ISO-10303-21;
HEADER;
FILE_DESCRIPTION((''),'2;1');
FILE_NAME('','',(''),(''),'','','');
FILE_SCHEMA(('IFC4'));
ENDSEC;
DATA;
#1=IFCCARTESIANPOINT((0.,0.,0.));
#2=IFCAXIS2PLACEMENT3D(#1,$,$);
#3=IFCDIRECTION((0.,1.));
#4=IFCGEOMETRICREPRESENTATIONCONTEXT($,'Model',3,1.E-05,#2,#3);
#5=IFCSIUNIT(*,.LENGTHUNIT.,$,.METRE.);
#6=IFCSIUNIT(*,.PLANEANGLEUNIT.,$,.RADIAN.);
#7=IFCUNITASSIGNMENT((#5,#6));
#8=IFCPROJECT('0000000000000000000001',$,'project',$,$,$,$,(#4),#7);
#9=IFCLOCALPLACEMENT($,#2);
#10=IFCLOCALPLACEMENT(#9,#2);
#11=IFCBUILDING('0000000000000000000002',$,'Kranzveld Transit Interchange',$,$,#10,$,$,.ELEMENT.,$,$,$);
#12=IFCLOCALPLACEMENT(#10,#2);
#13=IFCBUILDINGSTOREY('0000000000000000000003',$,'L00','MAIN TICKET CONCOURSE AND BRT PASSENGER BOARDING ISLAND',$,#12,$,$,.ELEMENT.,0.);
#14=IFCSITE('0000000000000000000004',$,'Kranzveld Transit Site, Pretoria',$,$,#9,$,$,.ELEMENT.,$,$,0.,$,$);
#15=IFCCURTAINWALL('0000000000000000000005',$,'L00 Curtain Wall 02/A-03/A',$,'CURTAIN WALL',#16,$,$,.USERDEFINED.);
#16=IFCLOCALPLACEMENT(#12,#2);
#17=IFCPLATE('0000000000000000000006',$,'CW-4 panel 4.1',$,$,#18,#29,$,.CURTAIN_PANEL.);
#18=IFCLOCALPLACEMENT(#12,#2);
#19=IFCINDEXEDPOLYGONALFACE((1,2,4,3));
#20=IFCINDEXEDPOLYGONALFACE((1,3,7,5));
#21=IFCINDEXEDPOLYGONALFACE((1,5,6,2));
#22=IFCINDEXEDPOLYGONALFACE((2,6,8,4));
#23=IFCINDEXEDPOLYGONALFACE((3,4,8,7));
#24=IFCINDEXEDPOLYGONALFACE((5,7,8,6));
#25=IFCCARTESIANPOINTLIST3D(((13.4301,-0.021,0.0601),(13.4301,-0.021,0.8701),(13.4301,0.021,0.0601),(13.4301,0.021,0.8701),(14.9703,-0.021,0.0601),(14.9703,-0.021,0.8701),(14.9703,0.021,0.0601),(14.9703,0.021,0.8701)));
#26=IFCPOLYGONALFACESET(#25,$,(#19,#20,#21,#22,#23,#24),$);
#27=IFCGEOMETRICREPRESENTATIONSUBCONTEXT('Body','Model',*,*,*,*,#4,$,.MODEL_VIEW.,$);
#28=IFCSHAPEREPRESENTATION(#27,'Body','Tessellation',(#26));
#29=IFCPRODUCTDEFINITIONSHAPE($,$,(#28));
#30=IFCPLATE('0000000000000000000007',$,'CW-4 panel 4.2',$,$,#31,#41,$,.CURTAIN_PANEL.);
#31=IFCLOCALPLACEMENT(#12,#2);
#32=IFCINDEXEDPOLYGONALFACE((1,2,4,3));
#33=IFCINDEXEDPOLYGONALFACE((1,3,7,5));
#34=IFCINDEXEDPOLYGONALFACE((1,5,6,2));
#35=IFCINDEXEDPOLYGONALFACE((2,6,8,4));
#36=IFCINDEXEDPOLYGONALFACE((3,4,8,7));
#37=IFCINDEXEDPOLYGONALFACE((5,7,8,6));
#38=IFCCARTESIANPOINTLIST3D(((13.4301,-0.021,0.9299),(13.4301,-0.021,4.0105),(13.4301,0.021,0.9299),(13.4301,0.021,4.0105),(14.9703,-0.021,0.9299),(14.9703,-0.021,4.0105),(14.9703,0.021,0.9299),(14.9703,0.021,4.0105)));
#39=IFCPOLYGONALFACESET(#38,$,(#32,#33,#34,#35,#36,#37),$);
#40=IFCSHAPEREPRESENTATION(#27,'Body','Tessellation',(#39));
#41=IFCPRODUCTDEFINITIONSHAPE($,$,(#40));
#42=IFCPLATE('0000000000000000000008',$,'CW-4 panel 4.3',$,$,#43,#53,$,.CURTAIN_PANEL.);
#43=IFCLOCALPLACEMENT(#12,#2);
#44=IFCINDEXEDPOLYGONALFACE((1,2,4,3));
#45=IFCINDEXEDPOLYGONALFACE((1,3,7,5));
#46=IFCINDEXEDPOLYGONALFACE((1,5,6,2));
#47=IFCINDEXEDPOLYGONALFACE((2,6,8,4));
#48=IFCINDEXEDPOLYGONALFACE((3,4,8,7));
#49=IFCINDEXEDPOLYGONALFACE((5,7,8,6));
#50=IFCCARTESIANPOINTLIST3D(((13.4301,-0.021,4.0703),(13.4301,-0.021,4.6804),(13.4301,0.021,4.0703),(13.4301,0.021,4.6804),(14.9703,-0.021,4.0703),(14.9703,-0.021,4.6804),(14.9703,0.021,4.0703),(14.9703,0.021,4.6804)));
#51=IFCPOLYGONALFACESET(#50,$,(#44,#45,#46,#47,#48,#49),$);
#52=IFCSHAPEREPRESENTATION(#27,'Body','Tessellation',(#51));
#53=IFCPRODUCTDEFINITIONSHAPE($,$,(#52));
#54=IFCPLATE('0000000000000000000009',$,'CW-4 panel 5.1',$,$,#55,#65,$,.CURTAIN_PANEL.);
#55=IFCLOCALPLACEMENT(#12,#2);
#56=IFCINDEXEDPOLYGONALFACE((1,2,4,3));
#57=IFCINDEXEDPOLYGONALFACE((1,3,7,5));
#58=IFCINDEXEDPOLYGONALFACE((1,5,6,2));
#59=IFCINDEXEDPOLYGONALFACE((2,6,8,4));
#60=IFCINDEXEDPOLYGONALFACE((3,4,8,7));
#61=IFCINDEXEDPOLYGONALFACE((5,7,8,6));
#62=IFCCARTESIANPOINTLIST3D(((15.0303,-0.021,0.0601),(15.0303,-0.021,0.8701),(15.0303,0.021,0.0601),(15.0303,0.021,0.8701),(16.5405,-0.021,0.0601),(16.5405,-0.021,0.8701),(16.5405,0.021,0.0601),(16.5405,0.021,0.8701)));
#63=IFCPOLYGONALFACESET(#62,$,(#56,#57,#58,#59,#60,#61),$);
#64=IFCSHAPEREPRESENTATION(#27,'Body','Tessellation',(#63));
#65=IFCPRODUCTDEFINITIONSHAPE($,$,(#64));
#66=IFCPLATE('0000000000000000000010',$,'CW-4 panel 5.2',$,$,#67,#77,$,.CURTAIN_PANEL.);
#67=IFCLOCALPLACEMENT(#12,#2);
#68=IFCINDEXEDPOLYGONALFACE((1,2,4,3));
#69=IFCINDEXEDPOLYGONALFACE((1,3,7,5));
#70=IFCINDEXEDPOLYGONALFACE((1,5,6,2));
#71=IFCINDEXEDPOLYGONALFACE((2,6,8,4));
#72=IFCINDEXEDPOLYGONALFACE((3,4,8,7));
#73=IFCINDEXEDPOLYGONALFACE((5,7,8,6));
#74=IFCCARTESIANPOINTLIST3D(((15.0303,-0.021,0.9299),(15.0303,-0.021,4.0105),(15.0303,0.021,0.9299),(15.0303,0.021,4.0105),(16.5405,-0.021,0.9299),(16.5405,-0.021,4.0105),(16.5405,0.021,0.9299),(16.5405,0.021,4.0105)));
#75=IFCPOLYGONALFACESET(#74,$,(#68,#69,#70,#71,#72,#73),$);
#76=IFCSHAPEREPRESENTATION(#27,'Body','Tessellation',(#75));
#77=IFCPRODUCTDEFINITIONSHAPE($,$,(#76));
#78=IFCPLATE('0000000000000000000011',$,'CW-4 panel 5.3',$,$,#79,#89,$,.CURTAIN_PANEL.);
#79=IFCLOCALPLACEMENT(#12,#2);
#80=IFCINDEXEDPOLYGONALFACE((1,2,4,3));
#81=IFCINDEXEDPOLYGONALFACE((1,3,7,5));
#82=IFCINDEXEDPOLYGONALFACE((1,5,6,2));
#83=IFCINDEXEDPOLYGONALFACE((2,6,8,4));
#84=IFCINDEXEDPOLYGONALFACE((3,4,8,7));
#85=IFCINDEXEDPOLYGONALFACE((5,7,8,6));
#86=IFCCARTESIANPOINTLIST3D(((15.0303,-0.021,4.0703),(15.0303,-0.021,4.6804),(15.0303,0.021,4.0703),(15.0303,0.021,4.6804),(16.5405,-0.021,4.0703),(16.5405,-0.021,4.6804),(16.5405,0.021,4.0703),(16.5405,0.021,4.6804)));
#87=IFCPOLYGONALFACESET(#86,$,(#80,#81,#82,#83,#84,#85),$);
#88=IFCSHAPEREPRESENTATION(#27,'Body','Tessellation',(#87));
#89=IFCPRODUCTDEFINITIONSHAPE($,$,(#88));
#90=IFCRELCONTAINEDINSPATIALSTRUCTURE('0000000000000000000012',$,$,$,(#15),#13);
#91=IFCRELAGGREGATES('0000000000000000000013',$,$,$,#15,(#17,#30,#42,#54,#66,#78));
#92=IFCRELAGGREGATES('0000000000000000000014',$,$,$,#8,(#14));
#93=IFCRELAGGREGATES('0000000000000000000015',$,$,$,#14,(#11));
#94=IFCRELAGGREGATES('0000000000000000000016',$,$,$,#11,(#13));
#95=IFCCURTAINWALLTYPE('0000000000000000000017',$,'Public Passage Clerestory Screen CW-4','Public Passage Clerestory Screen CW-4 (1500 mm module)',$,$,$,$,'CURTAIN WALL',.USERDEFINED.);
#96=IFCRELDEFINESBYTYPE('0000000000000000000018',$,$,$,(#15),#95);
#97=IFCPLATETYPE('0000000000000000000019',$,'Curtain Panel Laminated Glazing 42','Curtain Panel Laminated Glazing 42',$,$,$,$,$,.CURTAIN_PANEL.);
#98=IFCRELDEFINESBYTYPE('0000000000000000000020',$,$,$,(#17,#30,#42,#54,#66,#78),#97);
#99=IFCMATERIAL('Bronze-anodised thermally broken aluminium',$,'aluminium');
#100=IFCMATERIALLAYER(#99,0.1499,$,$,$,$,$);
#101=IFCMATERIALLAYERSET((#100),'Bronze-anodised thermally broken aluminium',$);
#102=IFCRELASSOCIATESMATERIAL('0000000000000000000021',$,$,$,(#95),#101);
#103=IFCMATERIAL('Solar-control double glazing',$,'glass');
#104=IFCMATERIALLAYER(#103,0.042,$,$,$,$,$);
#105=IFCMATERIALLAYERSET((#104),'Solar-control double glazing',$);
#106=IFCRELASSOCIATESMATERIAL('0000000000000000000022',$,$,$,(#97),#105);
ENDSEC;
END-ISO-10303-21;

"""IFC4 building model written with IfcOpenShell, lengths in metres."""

from ifc_helpers import new_model, si_unit, direction, frame, origin, origin_2d, place, context, subcontext, project, spatial, rectangle, extrude, material, layer, layer_set, type_object, element, aggregate, save


model = new_model("IFC4")

# Units and contexts
model_context = context("Model", 3, precision=1e-05, world=origin(), true_north=direction((0.0, 1.0)))
body_context = subcontext(model_context, "Body", "Model", "MODEL_VIEW")
ifc_project = project(units=[si_unit("LENGTHUNIT", "METRE"), si_unit("PLANEANGLEUNIT", "RADIAN")], contexts=[model_context])

# Site, building, storey
site_placement = place(None, origin())
site = spatial("IfcSite", under=ifc_project, at=site_placement, Name="Kranzveld Transit Site, Pretoria", CompositionType="ELEMENT", RefElevation=0.0)
building_placement = place(site_placement, origin())
building = spatial("IfcBuilding", under=site, at=building_placement, Name="Kranzveld Transit Interchange", CompositionType="ELEMENT")
storey_placement = place(building_placement, origin())
storey = spatial("IfcBuildingStorey", under=building, at=storey_placement, Name="L00", Description="MAIN TICKET CONCOURSE AND BRT PASSENGER BOARDING ISLAND", CompositionType="ELEMENT", Elevation=0.0)

# Curtain wall, plates
ifc_material_1 = material(Name="Bronze-anodised thermally broken aluminium", Category="aluminium")
ifc_layer_1 = layer(ifc_material_1, 0.1499)
ifc_layer_set_1 = layer_set([ifc_layer_1], Name="Bronze-anodised thermally broken aluminium")
curtain_wall_type = type_object("IfcCurtainWallType", Name="Public Passage Clerestory Screen CW-4", Description="Public Passage Clerestory Screen CW-4 (1500 mm module)", ElementType="CURTAIN WALL", PredefinedType="USERDEFINED", material=ifc_layer_set_1)
curtain_wall_placement = place(storey_placement, origin())
curtain_wall = element("IfcCurtainWall", 1, at=curtain_wall_placement, inside=storey, type_object=curtain_wall_type, Name="L00 Curtain Wall 02/A-03/A", ObjectType="CURTAIN WALL", PredefinedType="USERDEFINED")
ifc_material_2 = material(Name="Solar-control double glazing", Category="glass")
ifc_layer_2 = layer(ifc_material_2, 0.042)
ifc_layer_set_2 = layer_set([ifc_layer_2], Name="Solar-control double glazing")
plate_type = type_object("IfcPlateType", Name="Curtain Panel Laminated Glazing 42", Description="Curtain Panel Laminated Glazing 42", PredefinedType="CURTAIN_PANEL", material=ifc_layer_set_2)
plate_1_placement = place(storey_placement, frame((14.2002, 0.0, 0.0601), z_axis=(0.0, 0.0, 1.0), x_axis=(1.0, 0.0, 0.0)))
plate_1 = element("IfcPlate", 2, at=plate_1_placement, type_object=plate_type, Name="CW-4 panel 4.1", PredefinedType="CURTAIN_PANEL", context=body_context, shape_type="SweptSolid", body=[
    extrude(rectangle(XDim=1.5403, YDim=0.042, at=origin_2d()), origin(), (0.0, 0.0, 1.0), 0.8101),
])
plate_2_placement = place(storey_placement, frame((14.2002, 0.0, 0.9299), z_axis=(0.0, 0.0, 1.0), x_axis=(1.0, 0.0, 0.0)))
plate_2 = element("IfcPlate", 3, at=plate_2_placement, type_object=plate_type, Name="CW-4 panel 4.2", PredefinedType="CURTAIN_PANEL", context=body_context, shape_type="SweptSolid", body=[
    extrude(rectangle(XDim=1.5403, YDim=0.042, at=origin_2d()), origin(), (0.0, 0.0, 1.0), 3.0806),
])
plate_3_placement = place(storey_placement, frame((14.2002, 0.0, 4.0703), z_axis=(0.0, 0.0, 1.0), x_axis=(1.0, 0.0, 0.0)))
plate_3 = element("IfcPlate", 4, at=plate_3_placement, type_object=plate_type, Name="CW-4 panel 4.3", PredefinedType="CURTAIN_PANEL", context=body_context, shape_type="SweptSolid", body=[
    extrude(rectangle(XDim=1.5403, YDim=0.042, at=origin_2d()), origin(), (0.0, 0.0, 1.0), 0.6101),
])
plate_4_placement = place(storey_placement, frame((15.7854, 0.0, 0.0601), z_axis=(0.0, 0.0, 1.0), x_axis=(1.0, 0.0, 0.0)))
plate_4 = element("IfcPlate", 5, at=plate_4_placement, type_object=plate_type, Name="CW-4 panel 5.1", PredefinedType="CURTAIN_PANEL", context=body_context, shape_type="SweptSolid", body=[
    extrude(rectangle(XDim=1.5103, YDim=0.042, at=origin_2d()), origin(), (0.0, 0.0, 1.0), 0.8101),
])
plate_5_placement = place(storey_placement, frame((15.7854, 0.0, 0.9299), z_axis=(0.0, 0.0, 1.0), x_axis=(1.0, 0.0, 0.0)))
plate_5 = element("IfcPlate", 6, at=plate_5_placement, type_object=plate_type, Name="CW-4 panel 5.2", PredefinedType="CURTAIN_PANEL", context=body_context, shape_type="SweptSolid", body=[
    extrude(rectangle(XDim=1.5103, YDim=0.042, at=origin_2d()), origin(), (0.0, 0.0, 1.0), 3.0806),
])
plate_6_placement = place(storey_placement, frame((15.7854, 0.0, 4.0703), z_axis=(0.0, 0.0, 1.0), x_axis=(1.0, 0.0, 0.0)))
plate_6 = element("IfcPlate", 7, at=plate_6_placement, type_object=plate_type, Name="CW-4 panel 5.3", PredefinedType="CURTAIN_PANEL", context=body_context, shape_type="SweptSolid", body=[
    extrude(rectangle(XDim=1.5103, YDim=0.042, at=origin_2d()), origin(), (0.0, 0.0, 1.0), 0.6101),
])
aggregate(curtain_wall, [plate_1, plate_2, plate_3, plate_4, plate_5, plate_6])

save(model, "model.ifc")
